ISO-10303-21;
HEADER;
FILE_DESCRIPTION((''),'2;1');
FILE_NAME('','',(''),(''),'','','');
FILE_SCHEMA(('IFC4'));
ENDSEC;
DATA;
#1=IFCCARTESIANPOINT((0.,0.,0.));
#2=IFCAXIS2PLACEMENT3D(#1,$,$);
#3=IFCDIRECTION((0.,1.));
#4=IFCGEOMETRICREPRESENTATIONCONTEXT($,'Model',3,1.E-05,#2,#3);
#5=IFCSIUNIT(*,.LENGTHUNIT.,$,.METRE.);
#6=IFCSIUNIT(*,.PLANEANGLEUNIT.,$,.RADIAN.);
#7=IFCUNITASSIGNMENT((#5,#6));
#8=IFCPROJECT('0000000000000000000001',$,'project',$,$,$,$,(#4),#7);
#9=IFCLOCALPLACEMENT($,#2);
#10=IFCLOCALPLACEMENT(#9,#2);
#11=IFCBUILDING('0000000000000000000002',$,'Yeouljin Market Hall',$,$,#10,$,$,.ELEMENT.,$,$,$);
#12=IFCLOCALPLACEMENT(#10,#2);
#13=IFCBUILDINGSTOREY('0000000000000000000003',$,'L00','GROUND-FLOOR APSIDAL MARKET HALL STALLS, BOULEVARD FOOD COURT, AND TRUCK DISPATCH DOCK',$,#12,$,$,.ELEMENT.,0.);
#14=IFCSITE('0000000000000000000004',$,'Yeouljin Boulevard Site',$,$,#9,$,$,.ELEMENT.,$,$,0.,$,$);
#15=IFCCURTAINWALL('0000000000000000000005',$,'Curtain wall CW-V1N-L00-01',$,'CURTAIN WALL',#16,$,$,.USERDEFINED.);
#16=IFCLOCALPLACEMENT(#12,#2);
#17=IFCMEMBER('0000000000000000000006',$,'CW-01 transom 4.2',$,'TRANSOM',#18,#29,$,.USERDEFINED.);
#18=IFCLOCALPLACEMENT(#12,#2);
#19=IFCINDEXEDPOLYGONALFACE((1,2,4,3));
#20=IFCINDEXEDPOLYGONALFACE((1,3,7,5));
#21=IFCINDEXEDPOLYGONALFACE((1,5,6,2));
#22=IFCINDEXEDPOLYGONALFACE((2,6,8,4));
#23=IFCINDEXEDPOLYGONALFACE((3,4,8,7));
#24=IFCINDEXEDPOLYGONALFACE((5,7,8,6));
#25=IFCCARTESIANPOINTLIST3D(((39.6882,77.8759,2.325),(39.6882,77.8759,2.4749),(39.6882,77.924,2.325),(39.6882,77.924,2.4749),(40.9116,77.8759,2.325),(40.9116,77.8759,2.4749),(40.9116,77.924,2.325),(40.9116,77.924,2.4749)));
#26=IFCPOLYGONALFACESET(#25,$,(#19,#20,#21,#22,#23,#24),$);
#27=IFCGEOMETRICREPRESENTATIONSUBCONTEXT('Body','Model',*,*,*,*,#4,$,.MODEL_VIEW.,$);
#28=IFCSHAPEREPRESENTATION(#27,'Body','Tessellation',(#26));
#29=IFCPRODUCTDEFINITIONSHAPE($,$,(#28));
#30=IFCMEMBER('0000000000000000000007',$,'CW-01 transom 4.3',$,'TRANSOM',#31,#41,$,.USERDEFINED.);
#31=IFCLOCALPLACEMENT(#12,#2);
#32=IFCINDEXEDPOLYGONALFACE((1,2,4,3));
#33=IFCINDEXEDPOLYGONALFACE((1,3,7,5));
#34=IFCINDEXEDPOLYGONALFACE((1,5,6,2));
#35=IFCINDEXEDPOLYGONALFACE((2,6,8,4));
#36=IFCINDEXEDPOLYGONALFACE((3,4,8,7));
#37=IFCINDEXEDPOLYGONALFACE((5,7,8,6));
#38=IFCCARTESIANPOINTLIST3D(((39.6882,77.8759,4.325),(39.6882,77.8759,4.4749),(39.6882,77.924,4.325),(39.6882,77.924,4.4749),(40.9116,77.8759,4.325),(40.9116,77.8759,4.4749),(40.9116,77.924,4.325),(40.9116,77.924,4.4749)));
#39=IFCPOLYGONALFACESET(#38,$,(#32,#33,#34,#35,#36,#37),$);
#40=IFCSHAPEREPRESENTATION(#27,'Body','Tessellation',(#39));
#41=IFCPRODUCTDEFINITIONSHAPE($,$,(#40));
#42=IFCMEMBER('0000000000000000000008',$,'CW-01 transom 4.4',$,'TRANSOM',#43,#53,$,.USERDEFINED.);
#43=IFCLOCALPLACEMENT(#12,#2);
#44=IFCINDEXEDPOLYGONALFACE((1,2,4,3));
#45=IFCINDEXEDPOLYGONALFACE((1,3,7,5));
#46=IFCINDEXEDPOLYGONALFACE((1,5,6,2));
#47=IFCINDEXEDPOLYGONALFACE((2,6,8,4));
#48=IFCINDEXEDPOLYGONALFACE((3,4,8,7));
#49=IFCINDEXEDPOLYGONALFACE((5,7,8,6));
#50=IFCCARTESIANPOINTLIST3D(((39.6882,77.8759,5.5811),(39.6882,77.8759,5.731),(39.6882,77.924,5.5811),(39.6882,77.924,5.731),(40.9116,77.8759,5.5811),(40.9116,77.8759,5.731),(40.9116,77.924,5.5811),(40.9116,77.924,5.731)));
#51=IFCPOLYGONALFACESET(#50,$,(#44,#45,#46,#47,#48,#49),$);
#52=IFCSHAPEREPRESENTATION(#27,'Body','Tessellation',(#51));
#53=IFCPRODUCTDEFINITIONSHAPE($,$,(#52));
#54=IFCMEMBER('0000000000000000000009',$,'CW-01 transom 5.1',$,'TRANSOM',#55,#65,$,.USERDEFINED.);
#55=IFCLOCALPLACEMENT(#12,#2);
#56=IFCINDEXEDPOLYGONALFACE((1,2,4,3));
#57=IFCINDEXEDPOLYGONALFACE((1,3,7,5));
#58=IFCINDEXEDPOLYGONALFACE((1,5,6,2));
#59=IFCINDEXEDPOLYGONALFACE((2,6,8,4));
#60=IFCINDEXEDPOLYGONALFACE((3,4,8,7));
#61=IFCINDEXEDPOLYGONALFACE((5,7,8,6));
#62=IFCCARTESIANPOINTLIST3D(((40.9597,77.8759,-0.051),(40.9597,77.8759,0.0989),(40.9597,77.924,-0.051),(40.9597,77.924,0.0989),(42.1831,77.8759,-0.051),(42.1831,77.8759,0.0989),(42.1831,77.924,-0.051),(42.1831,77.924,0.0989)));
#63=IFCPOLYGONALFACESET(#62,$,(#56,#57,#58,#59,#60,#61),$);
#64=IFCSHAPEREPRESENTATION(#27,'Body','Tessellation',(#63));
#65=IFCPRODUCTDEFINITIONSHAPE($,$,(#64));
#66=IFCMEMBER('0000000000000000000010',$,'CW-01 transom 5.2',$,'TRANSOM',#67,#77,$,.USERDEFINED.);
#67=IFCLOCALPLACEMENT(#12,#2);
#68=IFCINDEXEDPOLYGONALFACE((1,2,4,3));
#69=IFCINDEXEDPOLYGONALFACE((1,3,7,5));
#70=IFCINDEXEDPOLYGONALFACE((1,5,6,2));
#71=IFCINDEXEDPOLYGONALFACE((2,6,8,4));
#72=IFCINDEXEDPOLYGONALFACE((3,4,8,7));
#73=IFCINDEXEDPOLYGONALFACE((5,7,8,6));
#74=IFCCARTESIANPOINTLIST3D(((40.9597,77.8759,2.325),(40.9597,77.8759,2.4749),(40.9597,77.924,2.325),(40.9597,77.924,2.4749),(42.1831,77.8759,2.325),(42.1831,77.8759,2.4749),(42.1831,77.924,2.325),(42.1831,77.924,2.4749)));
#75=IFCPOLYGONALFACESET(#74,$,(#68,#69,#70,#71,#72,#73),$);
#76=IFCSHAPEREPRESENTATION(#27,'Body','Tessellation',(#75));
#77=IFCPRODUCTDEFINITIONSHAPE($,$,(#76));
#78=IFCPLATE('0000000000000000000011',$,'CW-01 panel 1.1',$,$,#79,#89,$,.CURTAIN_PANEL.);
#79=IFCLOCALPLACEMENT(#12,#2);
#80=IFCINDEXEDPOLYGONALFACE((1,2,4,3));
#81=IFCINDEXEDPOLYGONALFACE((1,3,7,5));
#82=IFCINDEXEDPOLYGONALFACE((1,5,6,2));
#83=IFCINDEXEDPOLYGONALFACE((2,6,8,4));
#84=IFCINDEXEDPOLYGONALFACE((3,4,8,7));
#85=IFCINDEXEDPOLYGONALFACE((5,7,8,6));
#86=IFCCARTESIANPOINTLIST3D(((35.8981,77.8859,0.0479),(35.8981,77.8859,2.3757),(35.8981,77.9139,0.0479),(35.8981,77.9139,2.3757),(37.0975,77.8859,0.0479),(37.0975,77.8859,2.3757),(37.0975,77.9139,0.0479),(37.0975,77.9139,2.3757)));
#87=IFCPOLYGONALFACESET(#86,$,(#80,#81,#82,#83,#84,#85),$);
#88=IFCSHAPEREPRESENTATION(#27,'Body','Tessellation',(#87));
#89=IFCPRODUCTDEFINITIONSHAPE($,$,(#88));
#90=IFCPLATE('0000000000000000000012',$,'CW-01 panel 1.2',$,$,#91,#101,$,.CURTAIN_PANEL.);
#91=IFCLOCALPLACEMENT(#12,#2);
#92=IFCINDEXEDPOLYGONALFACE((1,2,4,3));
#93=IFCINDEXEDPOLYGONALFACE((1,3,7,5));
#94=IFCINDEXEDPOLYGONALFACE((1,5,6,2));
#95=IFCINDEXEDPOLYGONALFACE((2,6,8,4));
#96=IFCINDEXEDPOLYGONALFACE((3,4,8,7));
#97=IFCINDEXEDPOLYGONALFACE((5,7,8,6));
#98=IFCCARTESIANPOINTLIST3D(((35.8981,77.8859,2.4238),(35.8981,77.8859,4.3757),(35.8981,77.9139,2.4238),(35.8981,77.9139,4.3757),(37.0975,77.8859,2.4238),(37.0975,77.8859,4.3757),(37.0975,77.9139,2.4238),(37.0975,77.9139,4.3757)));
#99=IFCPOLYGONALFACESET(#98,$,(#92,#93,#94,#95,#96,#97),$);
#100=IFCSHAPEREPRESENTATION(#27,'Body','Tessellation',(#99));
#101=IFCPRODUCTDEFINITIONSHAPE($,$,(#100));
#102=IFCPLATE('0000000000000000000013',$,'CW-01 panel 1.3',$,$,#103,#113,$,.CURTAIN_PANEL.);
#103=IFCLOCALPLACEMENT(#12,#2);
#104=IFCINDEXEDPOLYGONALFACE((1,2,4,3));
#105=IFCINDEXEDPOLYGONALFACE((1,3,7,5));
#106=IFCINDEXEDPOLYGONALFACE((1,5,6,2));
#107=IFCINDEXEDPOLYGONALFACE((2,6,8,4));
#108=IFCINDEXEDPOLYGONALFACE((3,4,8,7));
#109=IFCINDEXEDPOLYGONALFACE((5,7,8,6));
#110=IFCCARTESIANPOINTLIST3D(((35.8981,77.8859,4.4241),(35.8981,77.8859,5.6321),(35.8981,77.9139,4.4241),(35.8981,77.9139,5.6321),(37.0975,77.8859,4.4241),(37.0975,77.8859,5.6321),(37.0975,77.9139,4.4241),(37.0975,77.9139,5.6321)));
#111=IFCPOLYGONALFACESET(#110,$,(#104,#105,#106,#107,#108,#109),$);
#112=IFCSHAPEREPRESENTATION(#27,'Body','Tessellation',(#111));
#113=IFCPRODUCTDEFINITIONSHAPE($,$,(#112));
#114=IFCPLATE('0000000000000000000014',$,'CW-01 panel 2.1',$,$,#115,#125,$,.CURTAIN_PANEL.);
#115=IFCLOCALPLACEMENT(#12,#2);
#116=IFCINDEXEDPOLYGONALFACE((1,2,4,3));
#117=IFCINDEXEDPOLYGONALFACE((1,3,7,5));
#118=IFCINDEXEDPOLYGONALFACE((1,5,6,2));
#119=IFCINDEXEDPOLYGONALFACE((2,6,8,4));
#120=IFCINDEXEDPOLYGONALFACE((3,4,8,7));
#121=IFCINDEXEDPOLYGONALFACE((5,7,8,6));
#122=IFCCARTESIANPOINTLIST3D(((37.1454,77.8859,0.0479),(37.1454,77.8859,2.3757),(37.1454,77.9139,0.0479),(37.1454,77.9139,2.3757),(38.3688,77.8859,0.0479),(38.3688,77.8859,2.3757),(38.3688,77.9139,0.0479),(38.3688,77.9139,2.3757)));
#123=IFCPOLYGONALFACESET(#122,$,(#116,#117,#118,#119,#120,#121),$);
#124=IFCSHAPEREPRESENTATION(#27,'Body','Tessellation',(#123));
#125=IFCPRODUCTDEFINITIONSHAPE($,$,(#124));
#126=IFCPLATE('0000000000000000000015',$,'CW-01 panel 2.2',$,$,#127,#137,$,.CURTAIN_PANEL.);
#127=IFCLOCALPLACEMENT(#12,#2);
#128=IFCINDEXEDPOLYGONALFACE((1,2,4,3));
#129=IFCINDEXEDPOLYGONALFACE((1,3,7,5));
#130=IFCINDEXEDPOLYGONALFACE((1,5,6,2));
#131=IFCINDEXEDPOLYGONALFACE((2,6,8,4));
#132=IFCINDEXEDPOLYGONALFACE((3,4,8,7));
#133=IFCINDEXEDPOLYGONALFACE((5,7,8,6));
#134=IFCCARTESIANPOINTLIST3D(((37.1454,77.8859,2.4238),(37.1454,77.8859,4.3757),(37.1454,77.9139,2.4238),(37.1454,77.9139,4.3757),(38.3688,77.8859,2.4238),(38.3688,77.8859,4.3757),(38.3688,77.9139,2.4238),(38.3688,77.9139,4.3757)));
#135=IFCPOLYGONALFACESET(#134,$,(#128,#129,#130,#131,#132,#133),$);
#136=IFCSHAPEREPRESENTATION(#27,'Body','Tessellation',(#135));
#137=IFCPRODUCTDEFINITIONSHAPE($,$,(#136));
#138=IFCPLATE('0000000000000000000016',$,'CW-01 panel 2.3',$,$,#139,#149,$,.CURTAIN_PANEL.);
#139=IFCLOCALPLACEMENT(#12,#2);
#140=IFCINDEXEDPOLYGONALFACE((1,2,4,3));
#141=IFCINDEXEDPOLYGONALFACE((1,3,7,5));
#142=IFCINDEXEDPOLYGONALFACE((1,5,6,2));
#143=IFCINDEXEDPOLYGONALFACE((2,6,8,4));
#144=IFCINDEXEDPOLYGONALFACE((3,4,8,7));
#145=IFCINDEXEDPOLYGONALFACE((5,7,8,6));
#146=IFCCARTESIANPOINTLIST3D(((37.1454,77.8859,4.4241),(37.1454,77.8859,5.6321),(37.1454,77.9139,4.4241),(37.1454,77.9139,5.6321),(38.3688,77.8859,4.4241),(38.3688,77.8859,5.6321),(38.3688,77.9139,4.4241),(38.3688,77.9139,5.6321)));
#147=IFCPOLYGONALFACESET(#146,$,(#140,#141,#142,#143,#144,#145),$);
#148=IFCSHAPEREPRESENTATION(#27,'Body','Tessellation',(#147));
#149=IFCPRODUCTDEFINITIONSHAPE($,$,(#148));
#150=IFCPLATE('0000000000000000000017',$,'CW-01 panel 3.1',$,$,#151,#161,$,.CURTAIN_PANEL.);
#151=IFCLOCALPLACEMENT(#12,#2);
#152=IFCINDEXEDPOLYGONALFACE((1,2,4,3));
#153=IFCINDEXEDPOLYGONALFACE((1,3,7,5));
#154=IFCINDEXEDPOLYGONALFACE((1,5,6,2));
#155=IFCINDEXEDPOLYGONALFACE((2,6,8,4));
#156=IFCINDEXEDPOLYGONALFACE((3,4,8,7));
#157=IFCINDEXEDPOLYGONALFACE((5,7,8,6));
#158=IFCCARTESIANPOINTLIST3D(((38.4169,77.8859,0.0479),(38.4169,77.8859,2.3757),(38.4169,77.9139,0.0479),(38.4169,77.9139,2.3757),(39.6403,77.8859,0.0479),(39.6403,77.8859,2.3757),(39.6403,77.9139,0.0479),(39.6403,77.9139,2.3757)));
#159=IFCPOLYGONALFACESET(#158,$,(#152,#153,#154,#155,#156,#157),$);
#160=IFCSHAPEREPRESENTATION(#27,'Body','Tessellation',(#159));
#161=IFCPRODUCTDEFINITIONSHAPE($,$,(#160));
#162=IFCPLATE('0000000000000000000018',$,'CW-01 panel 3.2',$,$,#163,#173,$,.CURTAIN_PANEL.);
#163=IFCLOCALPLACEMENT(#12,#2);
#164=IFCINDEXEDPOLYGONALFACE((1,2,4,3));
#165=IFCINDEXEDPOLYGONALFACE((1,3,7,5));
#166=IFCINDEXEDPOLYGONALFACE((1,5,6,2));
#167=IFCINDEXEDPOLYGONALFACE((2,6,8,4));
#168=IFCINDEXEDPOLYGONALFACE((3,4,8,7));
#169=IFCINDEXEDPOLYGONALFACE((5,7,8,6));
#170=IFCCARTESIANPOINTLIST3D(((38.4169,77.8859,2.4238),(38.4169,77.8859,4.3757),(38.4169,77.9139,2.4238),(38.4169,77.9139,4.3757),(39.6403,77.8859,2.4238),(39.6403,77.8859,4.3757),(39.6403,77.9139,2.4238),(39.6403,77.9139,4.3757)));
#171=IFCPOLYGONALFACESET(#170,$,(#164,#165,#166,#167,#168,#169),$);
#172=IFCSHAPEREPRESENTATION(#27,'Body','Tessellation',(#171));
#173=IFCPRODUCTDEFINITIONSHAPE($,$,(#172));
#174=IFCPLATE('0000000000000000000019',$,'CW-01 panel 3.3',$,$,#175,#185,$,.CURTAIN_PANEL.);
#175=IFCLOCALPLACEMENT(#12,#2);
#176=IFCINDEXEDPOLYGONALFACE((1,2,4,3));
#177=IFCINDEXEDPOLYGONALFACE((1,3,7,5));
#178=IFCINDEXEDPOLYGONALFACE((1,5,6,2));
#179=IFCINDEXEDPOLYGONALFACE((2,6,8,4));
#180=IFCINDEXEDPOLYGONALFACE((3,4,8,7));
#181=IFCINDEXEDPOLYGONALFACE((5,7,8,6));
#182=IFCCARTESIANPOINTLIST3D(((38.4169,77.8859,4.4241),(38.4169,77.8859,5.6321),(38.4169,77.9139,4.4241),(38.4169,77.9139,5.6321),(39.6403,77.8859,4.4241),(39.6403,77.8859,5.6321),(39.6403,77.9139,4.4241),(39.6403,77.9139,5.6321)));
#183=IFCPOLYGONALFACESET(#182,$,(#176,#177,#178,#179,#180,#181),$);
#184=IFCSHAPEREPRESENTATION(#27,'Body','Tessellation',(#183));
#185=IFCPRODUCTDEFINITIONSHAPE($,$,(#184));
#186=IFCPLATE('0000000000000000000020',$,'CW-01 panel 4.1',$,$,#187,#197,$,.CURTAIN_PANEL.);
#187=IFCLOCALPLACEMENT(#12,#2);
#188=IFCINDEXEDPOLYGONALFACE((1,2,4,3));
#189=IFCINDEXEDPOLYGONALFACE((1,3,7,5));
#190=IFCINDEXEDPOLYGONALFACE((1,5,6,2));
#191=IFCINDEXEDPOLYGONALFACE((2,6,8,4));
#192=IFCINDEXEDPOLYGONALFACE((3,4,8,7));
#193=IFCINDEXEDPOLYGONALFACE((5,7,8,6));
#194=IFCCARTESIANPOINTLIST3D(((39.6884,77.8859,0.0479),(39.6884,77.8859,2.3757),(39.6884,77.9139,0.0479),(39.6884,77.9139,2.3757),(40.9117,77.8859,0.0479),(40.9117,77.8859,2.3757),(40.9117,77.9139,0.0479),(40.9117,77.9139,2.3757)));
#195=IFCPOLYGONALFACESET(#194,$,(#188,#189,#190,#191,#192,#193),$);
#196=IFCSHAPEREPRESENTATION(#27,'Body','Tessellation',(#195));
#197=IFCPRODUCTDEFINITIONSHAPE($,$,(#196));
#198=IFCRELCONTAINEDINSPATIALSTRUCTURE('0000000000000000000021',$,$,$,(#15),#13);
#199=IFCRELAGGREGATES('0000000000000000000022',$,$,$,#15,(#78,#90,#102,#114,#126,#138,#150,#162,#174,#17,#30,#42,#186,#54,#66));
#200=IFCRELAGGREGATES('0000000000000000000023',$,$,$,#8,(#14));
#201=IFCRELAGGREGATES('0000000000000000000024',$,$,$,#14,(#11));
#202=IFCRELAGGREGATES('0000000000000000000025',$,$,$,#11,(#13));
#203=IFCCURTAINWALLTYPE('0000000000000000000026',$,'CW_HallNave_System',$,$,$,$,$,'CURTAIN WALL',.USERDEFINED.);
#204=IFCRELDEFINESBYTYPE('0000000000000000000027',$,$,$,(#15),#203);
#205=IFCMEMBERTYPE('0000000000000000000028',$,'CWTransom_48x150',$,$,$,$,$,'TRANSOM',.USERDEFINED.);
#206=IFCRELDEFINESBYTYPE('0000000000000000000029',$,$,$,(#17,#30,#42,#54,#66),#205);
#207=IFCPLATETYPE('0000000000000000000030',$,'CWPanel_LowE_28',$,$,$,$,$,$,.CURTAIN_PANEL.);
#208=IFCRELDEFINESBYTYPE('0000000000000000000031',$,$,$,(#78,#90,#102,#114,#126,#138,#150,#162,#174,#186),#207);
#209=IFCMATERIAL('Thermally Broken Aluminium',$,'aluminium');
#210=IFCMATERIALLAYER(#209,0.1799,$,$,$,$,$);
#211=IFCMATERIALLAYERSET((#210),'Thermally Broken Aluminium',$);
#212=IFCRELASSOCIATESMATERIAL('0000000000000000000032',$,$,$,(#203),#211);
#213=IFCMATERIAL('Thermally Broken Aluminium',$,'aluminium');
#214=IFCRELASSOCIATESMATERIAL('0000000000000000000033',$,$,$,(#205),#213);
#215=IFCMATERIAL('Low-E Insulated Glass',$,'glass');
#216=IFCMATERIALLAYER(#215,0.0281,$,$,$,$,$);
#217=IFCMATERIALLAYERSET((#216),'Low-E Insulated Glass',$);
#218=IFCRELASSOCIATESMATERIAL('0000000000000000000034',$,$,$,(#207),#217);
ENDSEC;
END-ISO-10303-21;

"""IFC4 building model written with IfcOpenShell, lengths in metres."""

from ifc_helpers import new_model, si_unit, direction, frame, origin, origin_2d, place, context, subcontext, project, spatial, rectangle, extrude, material, layer, layer_set, material_profile, profile_set, type_object, element, aggregate, save


model = new_model("IFC4")

# Units and contexts
model_context = context("Model", 3, precision=1e-05, world=origin(), true_north=direction((0.0, 1.0)))
body_context = subcontext(model_context, "Body", "Model", "MODEL_VIEW")
ifc_project = project(units=[si_unit("LENGTHUNIT", "METRE"), si_unit("PLANEANGLEUNIT", "RADIAN")], contexts=[model_context])

# Site, building, storey
site_placement = place(None, origin())
site = spatial("IfcSite", under=ifc_project, at=site_placement, Name="Yeouljin Boulevard Site", CompositionType="ELEMENT", RefElevation=0.0)
building_placement = place(site_placement, origin())
building = spatial("IfcBuilding", under=site, at=building_placement, Name="Yeouljin Market Hall", CompositionType="ELEMENT")
storey_placement = place(building_placement, origin())
storey = spatial("IfcBuildingStorey", under=building, at=storey_placement, Name="L00", Description="GROUND-FLOOR APSIDAL MARKET HALL STALLS, BOULEVARD FOOD COURT, AND TRUCK DISPATCH DOCK", CompositionType="ELEMENT", Elevation=0.0)

# Curtain wall, members, plates
ifc_material_1 = material(Name="Thermally Broken Aluminium", Category="aluminium")
ifc_layer_1 = layer(ifc_material_1, 0.1799)
ifc_layer_set_1 = layer_set([ifc_layer_1], Name="Thermally Broken Aluminium")
curtain_wall_type = type_object("IfcCurtainWallType", Name="CW_HallNave_System", ElementType="CURTAIN WALL", PredefinedType="USERDEFINED", material=ifc_layer_set_1)
curtain_wall_placement = place(storey_placement, origin())
curtain_wall = element("IfcCurtainWall", 1, at=curtain_wall_placement, inside=storey, type_object=curtain_wall_type, Name="Curtain wall CW-V1N-L00-01", ObjectType="CURTAIN WALL", PredefinedType="USERDEFINED")
ifc_material_2 = material(Name="Thermally Broken Aluminium", Category="aluminium")
ifc_material_profile_1 = material_profile(ifc_material_2, rectangle(XDim=0.0481, YDim=0.1499, at=origin_2d()), Name="CW-TRAN-48x150")
ifc_profile_set_1 = profile_set([ifc_material_profile_1], Name="Thermally Broken Aluminium")
member_type_1 = type_object("IfcMemberType", Name="CWTransom_48x150", ElementType="TRANSOM", PredefinedType="USERDEFINED", material=ifc_profile_set_1)
member_1_placement = place(storey_placement, frame((39.6882, 77.8999, 2.3999), z_axis=(1.0, 0.0, 0.0), x_axis=(0.0, 1.0, 0.0)))
member_1 = element("IfcMember", 2, at=member_1_placement, type_object=member_type_1, Name="CW-01 transom 4.2", ObjectType="TRANSOM", PredefinedType="USERDEFINED", context=body_context, shape_type="SweptSolid", body=[
    extrude(rectangle(XDim=0.0481, YDim=0.1499, at=origin_2d()), origin(), (0.0, 0.0, 1.0), 1.2234),
])
member_2_placement = place(storey_placement, frame((39.6882, 77.8999, 4.3999), z_axis=(1.0, 0.0, 0.0), x_axis=(0.0, 1.0, 0.0)))
member_2 = element("IfcMember", 3, at=member_2_placement, type_object=member_type_1, Name="CW-01 transom 4.3", ObjectType="TRANSOM", PredefinedType="USERDEFINED", context=body_context, shape_type="SweptSolid", body=[
    extrude(rectangle(XDim=0.0481, YDim=0.1499, at=origin_2d()), origin(), (0.0, 0.0, 1.0), 1.2234),
])
member_3_placement = place(storey_placement, frame((39.6882, 77.8999, 5.656), z_axis=(1.0, 0.0, 0.0), x_axis=(0.0, 1.0, 0.0)))
member_3 = element("IfcMember", 4, at=member_3_placement, type_object=member_type_1, Name="CW-01 transom 4.4", ObjectType="TRANSOM", PredefinedType="USERDEFINED", context=body_context, shape_type="SweptSolid", body=[
    extrude(rectangle(XDim=0.0481, YDim=0.1499, at=origin_2d()), origin(), (0.0, 0.0, 1.0), 1.2234),
])
member_4_placement = place(storey_placement, frame((40.9597, 77.8999, 0.0239), z_axis=(1.0, 0.0, 0.0), x_axis=(0.0, 1.0, 0.0)))
member_4 = element("IfcMember", 5, at=member_4_placement, type_object=member_type_1, Name="CW-01 transom 5.1", ObjectType="TRANSOM", PredefinedType="USERDEFINED", context=body_context, shape_type="SweptSolid", body=[
    extrude(rectangle(XDim=0.0481, YDim=0.1499, at=origin_2d()), origin(), (0.0, 0.0, 1.0), 1.2234),
])
member_5_placement = place(storey_placement, frame((40.9597, 77.8999, 2.3999), z_axis=(1.0, 0.0, 0.0), x_axis=(0.0, 1.0, 0.0)))
member_5 = element("IfcMember", 6, at=member_5_placement, type_object=member_type_1, Name="CW-01 transom 5.2", ObjectType="TRANSOM", PredefinedType="USERDEFINED", context=body_context, shape_type="SweptSolid", body=[
    extrude(rectangle(XDim=0.0481, YDim=0.1499, at=origin_2d()), origin(), (0.0, 0.0, 1.0), 1.2234),
])
ifc_material_3 = material(Name="Low-E Insulated Glass", Category="glass")
ifc_layer_2 = layer(ifc_material_3, 0.0281)
ifc_layer_set_2 = layer_set([ifc_layer_2], Name="Low-E Insulated Glass")
plate_type = type_object("IfcPlateType", Name="CWPanel_LowE_28", PredefinedType="CURTAIN_PANEL", material=ifc_layer_set_2)
plate_1_placement = place(storey_placement, frame((36.4978, 77.8999, 0.0479), z_axis=(0.0, 0.0, 1.0), x_axis=(1.0, 0.0, 0.0)))
plate_1 = element("IfcPlate", 7, at=plate_1_placement, type_object=plate_type, Name="CW-01 panel 1.1", PredefinedType="CURTAIN_PANEL", context=body_context, shape_type="SweptSolid", body=[
    extrude(rectangle(XDim=1.1995, YDim=0.0281, at=origin_2d()), origin(), (0.0, 0.0, 1.0), 2.3279),
])
plate_2_placement = place(storey_placement, frame((36.4978, 77.8999, 2.4238), z_axis=(0.0, 0.0, 1.0), x_axis=(1.0, 0.0, 0.0)))
plate_2 = element("IfcPlate", 8, at=plate_2_placement, type_object=plate_type, Name="CW-01 panel 1.2", PredefinedType="CURTAIN_PANEL", context=body_context, shape_type="SweptSolid", body=[
    extrude(rectangle(XDim=1.1995, YDim=0.0281, at=origin_2d()), origin(), (0.0, 0.0, 1.0), 1.9519),
])
plate_3_placement = place(storey_placement, frame((36.4978, 77.8999, 4.4241), z_axis=(0.0, 0.0, 1.0), x_axis=(1.0, 0.0, 0.0)))
plate_3 = element("IfcPlate", 9, at=plate_3_placement, type_object=plate_type, Name="CW-01 panel 1.3", PredefinedType="CURTAIN_PANEL", context=body_context, shape_type="SweptSolid", body=[
    extrude(rectangle(XDim=1.1995, YDim=0.0281, at=origin_2d()), origin(), (0.0, 0.0, 1.0), 1.208),
])
plate_4_placement = place(storey_placement, frame((37.7571, 77.8999, 0.0479), z_axis=(0.0, 0.0, 1.0), x_axis=(1.0, 0.0, 0.0)))
plate_4 = element("IfcPlate", 10, at=plate_4_placement, type_object=plate_type, Name="CW-01 panel 2.1", PredefinedType="CURTAIN_PANEL", context=body_context, shape_type="SweptSolid", body=[
    extrude(rectangle(XDim=1.2234, YDim=0.0281, at=origin_2d()), origin(), (0.0, 0.0, 1.0), 2.3279),
])
plate_5_placement = place(storey_placement, frame((37.7571, 77.8999, 2.4238), z_axis=(0.0, 0.0, 1.0), x_axis=(1.0, 0.0, 0.0)))
plate_5 = element("IfcPlate", 11, at=plate_5_placement, type_object=plate_type, Name="CW-01 panel 2.2", PredefinedType="CURTAIN_PANEL", context=body_context, shape_type="SweptSolid", body=[
    extrude(rectangle(XDim=1.2234, YDim=0.0281, at=origin_2d()), origin(), (0.0, 0.0, 1.0), 1.9519),
])
plate_6_placement = place(storey_placement, frame((37.7571, 77.8999, 4.4241), z_axis=(0.0, 0.0, 1.0), x_axis=(1.0, 0.0, 0.0)))
plate_6 = element("IfcPlate", 12, at=plate_6_placement, type_object=plate_type, Name="CW-01 panel 2.3", PredefinedType="CURTAIN_PANEL", context=body_context, shape_type="SweptSolid", body=[
    extrude(rectangle(XDim=1.2234, YDim=0.0281, at=origin_2d()), origin(), (0.0, 0.0, 1.0), 1.208),
])
plate_7_placement = place(storey_placement, frame((39.0286, 77.8999, 0.0479), z_axis=(0.0, 0.0, 1.0), x_axis=(1.0, 0.0, 0.0)))
plate_7 = element("IfcPlate", 13, at=plate_7_placement, type_object=plate_type, Name="CW-01 panel 3.1", PredefinedType="CURTAIN_PANEL", context=body_context, shape_type="SweptSolid", body=[
    extrude(rectangle(XDim=1.2234, YDim=0.0281, at=origin_2d()), origin(), (0.0, 0.0, 1.0), 2.3279),
])
plate_8_placement = place(storey_placement, frame((39.0286, 77.8999, 2.4238), z_axis=(0.0, 0.0, 1.0), x_axis=(1.0, 0.0, 0.0)))
plate_8 = element("IfcPlate", 14, at=plate_8_placement, type_object=plate_type, Name="CW-01 panel 3.2", PredefinedType="CURTAIN_PANEL", context=body_context, shape_type="SweptSolid", body=[
    extrude(rectangle(XDim=1.2234, YDim=0.0281, at=origin_2d()), origin(), (0.0, 0.0, 1.0), 1.9519),
])
plate_9_placement = place(storey_placement, frame((39.0286, 77.8999, 4.4241), z_axis=(0.0, 0.0, 1.0), x_axis=(1.0, 0.0, 0.0)))
plate_9 = element("IfcPlate", 15, at=plate_9_placement, type_object=plate_type, Name="CW-01 panel 3.3", PredefinedType="CURTAIN_PANEL", context=body_context, shape_type="SweptSolid", body=[
    extrude(rectangle(XDim=1.2234, YDim=0.0281, at=origin_2d()), origin(), (0.0, 0.0, 1.0), 1.208),
])
plate_10_placement = place(storey_placement, frame((40.3, 77.8999, 0.0479), z_axis=(0.0, 0.0, 1.0), x_axis=(1.0, 0.0, 0.0)))
plate_10 = element("IfcPlate", 16, at=plate_10_placement, type_object=plate_type, Name="CW-01 panel 4.1", PredefinedType="CURTAIN_PANEL", context=body_context, shape_type="SweptSolid", body=[
    extrude(rectangle(XDim=1.2234, YDim=0.0281, at=origin_2d()), origin(), (0.0, 0.0, 1.0), 2.3279),
])
aggregate(curtain_wall, [plate_1, plate_2, plate_3, plate_4, plate_5, plate_6, plate_7, plate_8, plate_9, member_1, member_2, member_3, plate_10, member_4, member_5])

save(model, "model.ifc")
